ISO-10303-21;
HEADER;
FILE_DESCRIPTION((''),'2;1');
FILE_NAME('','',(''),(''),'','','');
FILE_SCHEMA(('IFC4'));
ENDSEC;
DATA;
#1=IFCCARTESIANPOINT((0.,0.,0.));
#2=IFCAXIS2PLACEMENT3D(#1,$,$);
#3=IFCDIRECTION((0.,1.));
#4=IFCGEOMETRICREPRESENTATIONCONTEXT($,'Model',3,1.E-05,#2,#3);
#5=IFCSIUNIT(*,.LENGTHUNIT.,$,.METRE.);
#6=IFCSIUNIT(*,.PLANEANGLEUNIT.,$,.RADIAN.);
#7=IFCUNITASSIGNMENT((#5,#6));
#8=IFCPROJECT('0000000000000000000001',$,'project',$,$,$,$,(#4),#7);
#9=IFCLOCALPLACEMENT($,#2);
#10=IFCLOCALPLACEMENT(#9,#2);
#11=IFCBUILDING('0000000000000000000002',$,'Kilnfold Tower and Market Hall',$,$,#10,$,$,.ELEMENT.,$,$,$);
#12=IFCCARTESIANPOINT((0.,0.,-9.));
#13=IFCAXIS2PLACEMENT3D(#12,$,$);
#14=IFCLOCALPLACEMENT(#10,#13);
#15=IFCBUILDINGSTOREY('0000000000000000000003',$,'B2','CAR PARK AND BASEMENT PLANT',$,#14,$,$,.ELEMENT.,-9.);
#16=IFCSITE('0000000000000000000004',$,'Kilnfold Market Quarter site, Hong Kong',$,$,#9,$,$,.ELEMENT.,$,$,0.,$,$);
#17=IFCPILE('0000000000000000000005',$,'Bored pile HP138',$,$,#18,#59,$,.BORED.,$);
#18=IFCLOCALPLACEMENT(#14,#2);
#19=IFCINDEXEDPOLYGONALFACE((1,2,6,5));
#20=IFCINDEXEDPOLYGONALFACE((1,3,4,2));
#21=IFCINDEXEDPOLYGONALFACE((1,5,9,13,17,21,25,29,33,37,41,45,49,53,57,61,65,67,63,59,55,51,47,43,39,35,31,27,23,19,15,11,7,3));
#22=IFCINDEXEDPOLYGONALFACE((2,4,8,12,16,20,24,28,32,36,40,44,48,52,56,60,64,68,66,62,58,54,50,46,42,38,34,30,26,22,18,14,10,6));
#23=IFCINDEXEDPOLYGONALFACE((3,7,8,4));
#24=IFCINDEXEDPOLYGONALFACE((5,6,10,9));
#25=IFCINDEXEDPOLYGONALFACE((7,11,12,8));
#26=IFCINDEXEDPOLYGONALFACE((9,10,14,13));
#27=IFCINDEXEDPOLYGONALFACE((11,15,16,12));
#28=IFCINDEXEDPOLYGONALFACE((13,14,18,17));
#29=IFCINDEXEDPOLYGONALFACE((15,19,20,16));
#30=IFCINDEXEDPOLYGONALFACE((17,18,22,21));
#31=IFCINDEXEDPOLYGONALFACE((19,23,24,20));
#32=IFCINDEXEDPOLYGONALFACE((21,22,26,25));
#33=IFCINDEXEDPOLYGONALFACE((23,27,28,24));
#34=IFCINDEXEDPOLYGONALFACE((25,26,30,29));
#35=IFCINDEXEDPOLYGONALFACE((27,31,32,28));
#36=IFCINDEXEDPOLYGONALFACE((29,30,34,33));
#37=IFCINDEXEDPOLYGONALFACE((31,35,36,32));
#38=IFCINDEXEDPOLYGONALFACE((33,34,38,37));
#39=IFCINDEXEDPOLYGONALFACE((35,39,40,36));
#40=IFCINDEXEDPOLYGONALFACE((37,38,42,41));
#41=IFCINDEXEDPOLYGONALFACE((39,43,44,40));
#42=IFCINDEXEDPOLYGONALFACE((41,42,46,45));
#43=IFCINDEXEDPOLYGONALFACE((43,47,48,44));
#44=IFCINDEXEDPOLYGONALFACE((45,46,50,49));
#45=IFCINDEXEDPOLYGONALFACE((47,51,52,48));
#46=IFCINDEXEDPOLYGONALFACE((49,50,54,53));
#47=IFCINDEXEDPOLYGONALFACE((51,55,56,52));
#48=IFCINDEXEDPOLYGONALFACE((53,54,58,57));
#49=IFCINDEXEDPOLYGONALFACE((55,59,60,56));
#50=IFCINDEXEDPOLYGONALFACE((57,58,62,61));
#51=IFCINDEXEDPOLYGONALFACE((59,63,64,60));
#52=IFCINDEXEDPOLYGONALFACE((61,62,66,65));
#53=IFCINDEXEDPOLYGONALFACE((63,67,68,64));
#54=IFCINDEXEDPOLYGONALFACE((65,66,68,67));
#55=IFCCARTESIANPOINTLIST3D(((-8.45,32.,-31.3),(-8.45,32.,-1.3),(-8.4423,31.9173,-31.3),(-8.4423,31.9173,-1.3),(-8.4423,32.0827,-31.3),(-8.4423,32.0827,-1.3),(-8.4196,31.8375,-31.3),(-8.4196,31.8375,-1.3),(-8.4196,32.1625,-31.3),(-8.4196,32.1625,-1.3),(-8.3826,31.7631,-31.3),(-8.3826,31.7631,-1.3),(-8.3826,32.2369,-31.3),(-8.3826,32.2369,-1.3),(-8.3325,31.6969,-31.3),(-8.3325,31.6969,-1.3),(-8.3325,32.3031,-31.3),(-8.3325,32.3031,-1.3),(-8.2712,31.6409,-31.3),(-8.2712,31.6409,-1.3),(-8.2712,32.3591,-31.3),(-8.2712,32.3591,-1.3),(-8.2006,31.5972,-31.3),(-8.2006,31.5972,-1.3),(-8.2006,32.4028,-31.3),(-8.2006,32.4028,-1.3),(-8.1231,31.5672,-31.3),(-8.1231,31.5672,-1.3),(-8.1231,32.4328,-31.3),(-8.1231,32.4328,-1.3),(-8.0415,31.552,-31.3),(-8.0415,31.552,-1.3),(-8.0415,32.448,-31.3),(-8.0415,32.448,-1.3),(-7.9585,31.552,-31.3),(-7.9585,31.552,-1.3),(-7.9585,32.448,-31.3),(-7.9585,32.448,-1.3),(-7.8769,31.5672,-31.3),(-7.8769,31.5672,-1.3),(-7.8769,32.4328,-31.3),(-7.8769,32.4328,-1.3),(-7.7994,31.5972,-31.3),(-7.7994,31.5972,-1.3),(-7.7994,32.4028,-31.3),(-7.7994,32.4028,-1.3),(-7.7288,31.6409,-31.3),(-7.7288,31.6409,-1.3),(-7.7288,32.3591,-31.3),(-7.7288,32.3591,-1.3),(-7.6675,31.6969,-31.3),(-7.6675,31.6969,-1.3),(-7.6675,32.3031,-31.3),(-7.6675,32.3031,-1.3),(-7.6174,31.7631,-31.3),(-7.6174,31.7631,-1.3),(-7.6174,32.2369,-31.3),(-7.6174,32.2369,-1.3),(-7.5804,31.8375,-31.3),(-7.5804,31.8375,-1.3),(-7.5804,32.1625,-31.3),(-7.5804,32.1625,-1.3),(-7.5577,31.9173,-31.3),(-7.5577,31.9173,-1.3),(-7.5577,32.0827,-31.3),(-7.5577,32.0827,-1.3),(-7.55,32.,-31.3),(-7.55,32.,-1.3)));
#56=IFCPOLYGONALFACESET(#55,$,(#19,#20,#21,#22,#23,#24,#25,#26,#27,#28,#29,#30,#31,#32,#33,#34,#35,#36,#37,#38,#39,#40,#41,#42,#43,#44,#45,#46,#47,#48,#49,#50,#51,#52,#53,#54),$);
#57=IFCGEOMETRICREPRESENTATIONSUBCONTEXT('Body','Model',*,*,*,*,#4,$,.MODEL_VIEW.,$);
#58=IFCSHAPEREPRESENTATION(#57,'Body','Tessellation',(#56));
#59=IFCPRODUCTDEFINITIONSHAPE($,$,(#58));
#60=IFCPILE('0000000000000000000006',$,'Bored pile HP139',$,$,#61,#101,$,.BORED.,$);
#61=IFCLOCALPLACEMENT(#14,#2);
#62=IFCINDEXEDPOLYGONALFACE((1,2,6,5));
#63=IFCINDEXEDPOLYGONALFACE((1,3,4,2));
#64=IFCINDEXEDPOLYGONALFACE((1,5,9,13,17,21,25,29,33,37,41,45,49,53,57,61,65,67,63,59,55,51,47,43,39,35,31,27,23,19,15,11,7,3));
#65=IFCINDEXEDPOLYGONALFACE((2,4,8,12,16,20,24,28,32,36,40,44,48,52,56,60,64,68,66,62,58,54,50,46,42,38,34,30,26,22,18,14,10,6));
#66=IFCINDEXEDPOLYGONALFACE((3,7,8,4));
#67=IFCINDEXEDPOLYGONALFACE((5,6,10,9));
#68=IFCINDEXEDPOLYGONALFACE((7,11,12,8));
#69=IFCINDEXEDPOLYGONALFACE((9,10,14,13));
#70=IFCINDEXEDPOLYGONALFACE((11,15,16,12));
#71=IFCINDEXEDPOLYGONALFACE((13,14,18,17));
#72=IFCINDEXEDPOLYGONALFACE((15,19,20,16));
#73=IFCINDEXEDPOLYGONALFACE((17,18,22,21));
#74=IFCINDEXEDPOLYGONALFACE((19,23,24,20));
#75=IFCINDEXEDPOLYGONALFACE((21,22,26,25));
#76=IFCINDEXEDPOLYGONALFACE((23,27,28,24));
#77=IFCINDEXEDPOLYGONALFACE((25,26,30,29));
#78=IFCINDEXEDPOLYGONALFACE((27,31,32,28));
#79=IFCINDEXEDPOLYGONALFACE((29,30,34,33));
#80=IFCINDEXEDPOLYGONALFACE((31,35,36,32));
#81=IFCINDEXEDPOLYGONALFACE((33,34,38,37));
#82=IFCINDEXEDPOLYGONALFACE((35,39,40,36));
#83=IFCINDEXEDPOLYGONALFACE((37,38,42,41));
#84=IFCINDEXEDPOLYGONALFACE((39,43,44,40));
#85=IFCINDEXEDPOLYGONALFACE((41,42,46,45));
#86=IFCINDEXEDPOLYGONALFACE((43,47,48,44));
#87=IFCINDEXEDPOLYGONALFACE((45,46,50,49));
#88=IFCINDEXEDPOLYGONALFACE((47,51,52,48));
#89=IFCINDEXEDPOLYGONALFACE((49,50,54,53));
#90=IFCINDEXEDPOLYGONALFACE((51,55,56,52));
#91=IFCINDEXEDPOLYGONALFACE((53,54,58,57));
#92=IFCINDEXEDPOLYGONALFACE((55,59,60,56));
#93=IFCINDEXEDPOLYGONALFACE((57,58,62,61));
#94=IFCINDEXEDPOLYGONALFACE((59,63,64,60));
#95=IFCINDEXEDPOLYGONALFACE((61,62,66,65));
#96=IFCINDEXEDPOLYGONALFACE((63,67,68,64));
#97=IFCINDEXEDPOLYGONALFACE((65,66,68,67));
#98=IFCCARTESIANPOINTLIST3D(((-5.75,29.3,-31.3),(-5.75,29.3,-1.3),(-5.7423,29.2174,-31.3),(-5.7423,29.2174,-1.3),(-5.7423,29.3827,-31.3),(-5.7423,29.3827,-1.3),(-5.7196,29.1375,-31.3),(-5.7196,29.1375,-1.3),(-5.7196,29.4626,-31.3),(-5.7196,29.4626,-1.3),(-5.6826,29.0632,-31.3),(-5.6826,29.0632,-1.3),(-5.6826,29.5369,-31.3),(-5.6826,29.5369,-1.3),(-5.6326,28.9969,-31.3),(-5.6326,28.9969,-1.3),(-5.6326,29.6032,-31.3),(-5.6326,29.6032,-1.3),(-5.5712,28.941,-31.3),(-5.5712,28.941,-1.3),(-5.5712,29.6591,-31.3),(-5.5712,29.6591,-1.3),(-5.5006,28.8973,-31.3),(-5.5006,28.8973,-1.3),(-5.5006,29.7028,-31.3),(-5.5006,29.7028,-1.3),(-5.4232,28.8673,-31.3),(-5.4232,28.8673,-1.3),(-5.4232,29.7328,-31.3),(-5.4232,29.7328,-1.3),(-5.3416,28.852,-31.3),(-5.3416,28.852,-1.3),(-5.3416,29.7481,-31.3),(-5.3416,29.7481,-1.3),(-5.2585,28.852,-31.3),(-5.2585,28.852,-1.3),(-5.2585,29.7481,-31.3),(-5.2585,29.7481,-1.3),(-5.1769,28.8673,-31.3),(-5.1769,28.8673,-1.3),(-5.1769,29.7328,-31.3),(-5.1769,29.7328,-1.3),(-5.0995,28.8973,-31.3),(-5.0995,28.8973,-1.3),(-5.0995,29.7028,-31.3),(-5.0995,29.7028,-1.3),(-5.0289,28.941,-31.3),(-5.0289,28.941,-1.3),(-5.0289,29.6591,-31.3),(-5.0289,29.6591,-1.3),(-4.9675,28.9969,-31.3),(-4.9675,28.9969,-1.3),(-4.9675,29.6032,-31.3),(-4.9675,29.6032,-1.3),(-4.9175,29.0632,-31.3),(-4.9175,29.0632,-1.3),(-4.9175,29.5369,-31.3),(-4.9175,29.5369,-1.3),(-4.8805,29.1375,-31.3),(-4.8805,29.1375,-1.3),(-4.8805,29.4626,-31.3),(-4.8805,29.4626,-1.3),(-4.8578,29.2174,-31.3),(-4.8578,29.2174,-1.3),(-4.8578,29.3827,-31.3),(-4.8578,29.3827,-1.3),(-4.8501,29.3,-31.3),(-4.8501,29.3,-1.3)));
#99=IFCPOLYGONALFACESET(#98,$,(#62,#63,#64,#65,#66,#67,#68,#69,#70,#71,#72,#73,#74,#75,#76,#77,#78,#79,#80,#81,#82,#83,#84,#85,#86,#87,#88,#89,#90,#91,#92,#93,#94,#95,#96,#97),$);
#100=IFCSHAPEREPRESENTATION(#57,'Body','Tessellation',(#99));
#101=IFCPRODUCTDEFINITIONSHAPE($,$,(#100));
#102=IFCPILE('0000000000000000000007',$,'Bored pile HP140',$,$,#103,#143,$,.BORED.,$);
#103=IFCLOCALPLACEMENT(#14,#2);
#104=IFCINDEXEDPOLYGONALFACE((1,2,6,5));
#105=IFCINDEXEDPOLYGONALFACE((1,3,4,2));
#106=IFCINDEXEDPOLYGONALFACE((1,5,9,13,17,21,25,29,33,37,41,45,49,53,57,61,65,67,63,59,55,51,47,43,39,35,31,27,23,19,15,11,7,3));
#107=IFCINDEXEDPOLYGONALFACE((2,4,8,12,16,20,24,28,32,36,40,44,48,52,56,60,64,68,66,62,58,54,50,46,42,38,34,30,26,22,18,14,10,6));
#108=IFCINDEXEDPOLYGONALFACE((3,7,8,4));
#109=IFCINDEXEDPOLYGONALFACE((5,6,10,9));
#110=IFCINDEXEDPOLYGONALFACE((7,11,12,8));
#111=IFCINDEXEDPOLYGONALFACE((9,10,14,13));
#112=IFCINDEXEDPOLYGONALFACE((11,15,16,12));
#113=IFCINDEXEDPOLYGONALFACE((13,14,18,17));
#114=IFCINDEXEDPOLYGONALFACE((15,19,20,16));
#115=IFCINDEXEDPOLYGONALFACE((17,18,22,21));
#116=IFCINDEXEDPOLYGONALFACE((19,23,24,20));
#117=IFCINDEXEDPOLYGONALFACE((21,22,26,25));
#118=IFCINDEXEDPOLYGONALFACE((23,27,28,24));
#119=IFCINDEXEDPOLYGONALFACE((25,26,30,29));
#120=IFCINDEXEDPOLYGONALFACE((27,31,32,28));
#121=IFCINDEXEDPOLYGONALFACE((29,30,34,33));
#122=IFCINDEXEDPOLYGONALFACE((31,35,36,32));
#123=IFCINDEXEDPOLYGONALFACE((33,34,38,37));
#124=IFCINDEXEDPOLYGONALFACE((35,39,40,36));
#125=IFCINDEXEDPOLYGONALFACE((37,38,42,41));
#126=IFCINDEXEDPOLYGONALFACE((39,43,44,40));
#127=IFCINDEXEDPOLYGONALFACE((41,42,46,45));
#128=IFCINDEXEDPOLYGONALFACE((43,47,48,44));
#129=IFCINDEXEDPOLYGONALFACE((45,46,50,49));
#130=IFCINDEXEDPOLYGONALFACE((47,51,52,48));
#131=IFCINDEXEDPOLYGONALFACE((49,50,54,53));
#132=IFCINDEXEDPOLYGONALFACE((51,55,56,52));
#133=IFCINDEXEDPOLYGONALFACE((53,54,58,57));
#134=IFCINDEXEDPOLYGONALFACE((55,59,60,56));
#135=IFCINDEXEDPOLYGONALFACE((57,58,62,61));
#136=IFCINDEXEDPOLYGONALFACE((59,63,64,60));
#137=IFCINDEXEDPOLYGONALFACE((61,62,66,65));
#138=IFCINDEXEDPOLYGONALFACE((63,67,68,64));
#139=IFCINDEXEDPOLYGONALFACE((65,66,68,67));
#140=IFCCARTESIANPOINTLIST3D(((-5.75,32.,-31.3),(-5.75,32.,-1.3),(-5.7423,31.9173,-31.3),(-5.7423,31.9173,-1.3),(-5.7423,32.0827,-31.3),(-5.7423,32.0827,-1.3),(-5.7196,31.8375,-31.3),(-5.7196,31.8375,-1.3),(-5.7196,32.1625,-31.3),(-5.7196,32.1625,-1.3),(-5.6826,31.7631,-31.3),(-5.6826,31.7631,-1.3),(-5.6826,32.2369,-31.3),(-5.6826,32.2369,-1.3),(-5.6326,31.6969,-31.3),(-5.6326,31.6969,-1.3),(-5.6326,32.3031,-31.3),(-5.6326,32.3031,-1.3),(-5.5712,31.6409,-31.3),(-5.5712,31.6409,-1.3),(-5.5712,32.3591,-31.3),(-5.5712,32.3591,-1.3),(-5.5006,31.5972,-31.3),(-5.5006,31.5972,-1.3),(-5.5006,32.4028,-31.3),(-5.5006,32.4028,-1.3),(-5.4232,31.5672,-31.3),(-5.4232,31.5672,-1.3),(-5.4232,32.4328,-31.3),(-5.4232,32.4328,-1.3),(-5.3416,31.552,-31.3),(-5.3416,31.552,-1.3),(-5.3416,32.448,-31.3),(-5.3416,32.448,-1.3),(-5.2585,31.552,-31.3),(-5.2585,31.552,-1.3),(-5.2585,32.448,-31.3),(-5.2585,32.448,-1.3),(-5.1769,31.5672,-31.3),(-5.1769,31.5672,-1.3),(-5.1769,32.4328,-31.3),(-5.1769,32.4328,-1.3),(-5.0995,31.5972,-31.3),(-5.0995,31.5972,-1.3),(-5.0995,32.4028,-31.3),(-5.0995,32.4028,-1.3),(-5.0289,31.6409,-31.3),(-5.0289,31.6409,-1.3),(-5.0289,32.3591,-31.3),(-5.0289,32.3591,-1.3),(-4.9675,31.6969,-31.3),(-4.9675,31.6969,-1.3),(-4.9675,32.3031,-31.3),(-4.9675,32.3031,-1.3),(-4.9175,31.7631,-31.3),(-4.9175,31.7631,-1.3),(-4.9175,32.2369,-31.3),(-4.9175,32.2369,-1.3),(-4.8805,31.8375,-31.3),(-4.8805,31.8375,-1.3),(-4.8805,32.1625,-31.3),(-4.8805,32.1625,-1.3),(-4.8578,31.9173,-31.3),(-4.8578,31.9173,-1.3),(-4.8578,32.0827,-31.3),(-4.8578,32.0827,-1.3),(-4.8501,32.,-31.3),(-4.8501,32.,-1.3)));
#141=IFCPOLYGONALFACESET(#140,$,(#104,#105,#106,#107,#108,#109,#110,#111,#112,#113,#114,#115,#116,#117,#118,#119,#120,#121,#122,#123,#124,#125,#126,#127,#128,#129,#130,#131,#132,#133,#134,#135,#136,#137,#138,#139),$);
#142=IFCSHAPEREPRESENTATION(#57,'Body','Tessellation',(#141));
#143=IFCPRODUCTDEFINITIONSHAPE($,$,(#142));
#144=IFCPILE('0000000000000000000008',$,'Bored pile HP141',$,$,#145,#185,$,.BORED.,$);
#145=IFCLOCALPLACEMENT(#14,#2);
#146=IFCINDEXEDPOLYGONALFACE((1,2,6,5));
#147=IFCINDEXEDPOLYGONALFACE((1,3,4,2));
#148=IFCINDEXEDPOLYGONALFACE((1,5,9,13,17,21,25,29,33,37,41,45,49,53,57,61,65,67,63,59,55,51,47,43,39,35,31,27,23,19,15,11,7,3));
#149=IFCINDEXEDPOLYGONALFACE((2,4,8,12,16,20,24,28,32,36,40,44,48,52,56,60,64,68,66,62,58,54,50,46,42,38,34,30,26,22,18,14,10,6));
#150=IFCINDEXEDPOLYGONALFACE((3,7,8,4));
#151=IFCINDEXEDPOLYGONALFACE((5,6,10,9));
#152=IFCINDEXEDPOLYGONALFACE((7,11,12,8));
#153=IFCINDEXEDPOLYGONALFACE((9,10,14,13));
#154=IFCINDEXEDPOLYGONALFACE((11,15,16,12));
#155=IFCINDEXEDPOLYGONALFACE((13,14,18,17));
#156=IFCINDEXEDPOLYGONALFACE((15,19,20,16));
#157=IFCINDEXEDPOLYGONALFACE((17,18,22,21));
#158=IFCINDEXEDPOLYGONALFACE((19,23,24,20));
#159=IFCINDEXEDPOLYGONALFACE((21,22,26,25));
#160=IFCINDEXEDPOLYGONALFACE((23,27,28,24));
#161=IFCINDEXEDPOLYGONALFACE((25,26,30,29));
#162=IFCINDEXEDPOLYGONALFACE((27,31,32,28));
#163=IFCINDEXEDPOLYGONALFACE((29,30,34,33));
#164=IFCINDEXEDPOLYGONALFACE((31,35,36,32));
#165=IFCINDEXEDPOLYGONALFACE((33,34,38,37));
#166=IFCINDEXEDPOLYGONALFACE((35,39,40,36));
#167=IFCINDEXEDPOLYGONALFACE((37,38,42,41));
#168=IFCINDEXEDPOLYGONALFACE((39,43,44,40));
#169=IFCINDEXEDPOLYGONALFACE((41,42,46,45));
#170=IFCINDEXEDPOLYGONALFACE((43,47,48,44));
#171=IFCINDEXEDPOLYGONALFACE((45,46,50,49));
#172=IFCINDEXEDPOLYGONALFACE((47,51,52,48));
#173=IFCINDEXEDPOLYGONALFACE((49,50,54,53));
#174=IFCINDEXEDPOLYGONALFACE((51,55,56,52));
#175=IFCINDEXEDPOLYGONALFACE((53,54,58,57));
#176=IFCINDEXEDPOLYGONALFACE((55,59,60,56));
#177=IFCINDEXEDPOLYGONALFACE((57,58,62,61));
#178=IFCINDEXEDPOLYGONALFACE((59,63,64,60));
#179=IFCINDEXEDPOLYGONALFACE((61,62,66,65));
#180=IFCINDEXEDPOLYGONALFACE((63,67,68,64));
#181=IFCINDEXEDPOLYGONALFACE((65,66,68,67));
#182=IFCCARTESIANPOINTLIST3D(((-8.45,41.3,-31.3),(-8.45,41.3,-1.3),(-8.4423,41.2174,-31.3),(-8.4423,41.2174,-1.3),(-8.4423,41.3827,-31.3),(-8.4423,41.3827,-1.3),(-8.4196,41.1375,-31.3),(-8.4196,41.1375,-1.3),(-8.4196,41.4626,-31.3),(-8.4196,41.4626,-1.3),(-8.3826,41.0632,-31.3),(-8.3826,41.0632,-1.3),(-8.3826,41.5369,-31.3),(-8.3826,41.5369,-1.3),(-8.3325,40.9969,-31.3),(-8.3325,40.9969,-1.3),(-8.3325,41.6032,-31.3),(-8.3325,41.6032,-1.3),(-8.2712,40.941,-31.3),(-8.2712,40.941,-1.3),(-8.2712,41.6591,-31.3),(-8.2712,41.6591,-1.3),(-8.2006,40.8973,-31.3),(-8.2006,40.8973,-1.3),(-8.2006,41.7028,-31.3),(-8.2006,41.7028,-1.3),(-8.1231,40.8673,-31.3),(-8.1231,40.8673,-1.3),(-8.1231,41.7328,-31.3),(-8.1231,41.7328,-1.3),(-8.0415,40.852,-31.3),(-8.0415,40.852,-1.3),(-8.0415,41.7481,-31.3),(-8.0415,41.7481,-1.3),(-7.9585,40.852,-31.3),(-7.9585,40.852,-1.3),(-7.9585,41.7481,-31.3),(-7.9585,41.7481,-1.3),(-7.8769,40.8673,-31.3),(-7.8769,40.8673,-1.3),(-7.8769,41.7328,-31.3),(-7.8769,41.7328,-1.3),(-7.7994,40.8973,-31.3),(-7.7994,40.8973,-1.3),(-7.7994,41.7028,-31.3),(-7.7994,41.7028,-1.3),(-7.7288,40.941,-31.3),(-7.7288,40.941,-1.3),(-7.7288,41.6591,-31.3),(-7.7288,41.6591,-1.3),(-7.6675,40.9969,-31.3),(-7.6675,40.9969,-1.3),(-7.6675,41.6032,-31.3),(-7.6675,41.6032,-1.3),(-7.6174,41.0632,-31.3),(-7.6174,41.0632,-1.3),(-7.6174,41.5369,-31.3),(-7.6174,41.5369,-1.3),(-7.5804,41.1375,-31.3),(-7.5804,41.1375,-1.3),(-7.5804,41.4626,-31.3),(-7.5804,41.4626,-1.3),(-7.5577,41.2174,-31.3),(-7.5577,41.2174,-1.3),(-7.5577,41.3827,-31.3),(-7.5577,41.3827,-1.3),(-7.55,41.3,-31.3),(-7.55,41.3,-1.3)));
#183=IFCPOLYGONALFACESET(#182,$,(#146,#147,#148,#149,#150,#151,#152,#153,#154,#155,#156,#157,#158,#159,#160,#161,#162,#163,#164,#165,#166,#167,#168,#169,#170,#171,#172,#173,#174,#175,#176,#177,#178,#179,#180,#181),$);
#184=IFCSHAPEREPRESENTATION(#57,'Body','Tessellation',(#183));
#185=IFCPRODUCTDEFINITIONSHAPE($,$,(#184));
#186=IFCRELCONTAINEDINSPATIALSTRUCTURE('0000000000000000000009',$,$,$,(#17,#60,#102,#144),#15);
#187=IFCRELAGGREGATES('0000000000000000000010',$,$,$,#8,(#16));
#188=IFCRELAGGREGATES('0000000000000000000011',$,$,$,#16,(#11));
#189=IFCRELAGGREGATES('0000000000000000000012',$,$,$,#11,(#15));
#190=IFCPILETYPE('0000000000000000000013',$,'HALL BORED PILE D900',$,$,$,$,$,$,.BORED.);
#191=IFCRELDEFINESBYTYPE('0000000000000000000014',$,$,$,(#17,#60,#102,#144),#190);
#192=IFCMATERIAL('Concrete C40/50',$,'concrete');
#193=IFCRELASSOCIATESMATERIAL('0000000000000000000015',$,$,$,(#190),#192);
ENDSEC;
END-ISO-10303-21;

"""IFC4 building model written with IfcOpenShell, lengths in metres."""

from ifc_helpers import new_model, si_unit, direction, frame, origin, origin_2d, place, context, subcontext, project, spatial, circle, extrude, source, transform, mapped, material, material_profile, profile_set, type_object, element, save


model = new_model("IFC4")

# Units and contexts
model_context = context("Model", 3, precision=1e-05, world=origin(), true_north=direction((0.0, 1.0)))
body_context = subcontext(model_context, "Body", "Model", "MODEL_VIEW")
ifc_project = project(units=[si_unit("LENGTHUNIT", "METRE"), si_unit("PLANEANGLEUNIT", "RADIAN")], contexts=[model_context])

# Site, building, storey
site_placement = place(None, origin())
site = spatial("IfcSite", under=ifc_project, at=site_placement, Name="Kilnfold Market Quarter site, Hong Kong", CompositionType="ELEMENT", RefElevation=0.0)
building_placement = place(site_placement, origin())
building = spatial("IfcBuilding", under=site, at=building_placement, Name="Kilnfold Tower and Market Hall", CompositionType="ELEMENT")
storey_placement = place(building_placement, frame((0.0, 0.0, -9.0)))
storey = spatial("IfcBuildingStorey", under=building, at=storey_placement, Name="B2", Description="CAR PARK AND BASEMENT PLANT", CompositionType="ELEMENT", Elevation=-9.0)

# Piles
ifc_material_1 = material(Name="Concrete C40/50", Category="concrete")
ifc_material_profile_1 = material_profile(ifc_material_1, circle(Radius=0.45, at=origin_2d()), Name="D900")
ifc_profile_set_1 = profile_set([ifc_material_profile_1], Name="Concrete C40/50")
pile_type = type_object("IfcPileType", Name="HALL BORED PILE D900", PredefinedType="BORED", material=ifc_profile_set_1)
shared_shape_1 = source(origin(), body_context, "Body", "SweptSolid", [
    extrude(circle(Radius=0.45, at=origin_2d()), origin(), (0.0, 0.0, 1.0), 30.0),
])
for number, where, z_axis, x_axis, name in (
    (1, (-8.0, 32.0, -1.3), (0.0, 0.0, -1.0), (1.0, 0.0, 0.0), "Bored pile HP138"),
    (2, (-5.3, 29.3, -1.3), (0.0, 0.0, -1.0), (1.0, 0.0, 0.0), "Bored pile HP139"),
    (3, (-5.3, 32.0, -1.3), (0.0, 0.0, -1.0), (1.0, 0.0, 0.0), "Bored pile HP140"),
    (4, (-8.0, 41.3, -1.3), (0.0, 0.0, -1.0), (1.0, 0.0, 0.0), "Bored pile HP141"),
):
    element("IfcPile", number, at=place(storey_placement, frame(where, z_axis=z_axis, x_axis=x_axis)), inside=storey, type_object=pile_type, Name=name, PredefinedType="BORED", context=body_context, shape_type="MappedRepresentation", body=[
        mapped(shared_shape_1, transform((0.0, 0.0, 0.0))),
    ])

save(model, "model.ifc")
